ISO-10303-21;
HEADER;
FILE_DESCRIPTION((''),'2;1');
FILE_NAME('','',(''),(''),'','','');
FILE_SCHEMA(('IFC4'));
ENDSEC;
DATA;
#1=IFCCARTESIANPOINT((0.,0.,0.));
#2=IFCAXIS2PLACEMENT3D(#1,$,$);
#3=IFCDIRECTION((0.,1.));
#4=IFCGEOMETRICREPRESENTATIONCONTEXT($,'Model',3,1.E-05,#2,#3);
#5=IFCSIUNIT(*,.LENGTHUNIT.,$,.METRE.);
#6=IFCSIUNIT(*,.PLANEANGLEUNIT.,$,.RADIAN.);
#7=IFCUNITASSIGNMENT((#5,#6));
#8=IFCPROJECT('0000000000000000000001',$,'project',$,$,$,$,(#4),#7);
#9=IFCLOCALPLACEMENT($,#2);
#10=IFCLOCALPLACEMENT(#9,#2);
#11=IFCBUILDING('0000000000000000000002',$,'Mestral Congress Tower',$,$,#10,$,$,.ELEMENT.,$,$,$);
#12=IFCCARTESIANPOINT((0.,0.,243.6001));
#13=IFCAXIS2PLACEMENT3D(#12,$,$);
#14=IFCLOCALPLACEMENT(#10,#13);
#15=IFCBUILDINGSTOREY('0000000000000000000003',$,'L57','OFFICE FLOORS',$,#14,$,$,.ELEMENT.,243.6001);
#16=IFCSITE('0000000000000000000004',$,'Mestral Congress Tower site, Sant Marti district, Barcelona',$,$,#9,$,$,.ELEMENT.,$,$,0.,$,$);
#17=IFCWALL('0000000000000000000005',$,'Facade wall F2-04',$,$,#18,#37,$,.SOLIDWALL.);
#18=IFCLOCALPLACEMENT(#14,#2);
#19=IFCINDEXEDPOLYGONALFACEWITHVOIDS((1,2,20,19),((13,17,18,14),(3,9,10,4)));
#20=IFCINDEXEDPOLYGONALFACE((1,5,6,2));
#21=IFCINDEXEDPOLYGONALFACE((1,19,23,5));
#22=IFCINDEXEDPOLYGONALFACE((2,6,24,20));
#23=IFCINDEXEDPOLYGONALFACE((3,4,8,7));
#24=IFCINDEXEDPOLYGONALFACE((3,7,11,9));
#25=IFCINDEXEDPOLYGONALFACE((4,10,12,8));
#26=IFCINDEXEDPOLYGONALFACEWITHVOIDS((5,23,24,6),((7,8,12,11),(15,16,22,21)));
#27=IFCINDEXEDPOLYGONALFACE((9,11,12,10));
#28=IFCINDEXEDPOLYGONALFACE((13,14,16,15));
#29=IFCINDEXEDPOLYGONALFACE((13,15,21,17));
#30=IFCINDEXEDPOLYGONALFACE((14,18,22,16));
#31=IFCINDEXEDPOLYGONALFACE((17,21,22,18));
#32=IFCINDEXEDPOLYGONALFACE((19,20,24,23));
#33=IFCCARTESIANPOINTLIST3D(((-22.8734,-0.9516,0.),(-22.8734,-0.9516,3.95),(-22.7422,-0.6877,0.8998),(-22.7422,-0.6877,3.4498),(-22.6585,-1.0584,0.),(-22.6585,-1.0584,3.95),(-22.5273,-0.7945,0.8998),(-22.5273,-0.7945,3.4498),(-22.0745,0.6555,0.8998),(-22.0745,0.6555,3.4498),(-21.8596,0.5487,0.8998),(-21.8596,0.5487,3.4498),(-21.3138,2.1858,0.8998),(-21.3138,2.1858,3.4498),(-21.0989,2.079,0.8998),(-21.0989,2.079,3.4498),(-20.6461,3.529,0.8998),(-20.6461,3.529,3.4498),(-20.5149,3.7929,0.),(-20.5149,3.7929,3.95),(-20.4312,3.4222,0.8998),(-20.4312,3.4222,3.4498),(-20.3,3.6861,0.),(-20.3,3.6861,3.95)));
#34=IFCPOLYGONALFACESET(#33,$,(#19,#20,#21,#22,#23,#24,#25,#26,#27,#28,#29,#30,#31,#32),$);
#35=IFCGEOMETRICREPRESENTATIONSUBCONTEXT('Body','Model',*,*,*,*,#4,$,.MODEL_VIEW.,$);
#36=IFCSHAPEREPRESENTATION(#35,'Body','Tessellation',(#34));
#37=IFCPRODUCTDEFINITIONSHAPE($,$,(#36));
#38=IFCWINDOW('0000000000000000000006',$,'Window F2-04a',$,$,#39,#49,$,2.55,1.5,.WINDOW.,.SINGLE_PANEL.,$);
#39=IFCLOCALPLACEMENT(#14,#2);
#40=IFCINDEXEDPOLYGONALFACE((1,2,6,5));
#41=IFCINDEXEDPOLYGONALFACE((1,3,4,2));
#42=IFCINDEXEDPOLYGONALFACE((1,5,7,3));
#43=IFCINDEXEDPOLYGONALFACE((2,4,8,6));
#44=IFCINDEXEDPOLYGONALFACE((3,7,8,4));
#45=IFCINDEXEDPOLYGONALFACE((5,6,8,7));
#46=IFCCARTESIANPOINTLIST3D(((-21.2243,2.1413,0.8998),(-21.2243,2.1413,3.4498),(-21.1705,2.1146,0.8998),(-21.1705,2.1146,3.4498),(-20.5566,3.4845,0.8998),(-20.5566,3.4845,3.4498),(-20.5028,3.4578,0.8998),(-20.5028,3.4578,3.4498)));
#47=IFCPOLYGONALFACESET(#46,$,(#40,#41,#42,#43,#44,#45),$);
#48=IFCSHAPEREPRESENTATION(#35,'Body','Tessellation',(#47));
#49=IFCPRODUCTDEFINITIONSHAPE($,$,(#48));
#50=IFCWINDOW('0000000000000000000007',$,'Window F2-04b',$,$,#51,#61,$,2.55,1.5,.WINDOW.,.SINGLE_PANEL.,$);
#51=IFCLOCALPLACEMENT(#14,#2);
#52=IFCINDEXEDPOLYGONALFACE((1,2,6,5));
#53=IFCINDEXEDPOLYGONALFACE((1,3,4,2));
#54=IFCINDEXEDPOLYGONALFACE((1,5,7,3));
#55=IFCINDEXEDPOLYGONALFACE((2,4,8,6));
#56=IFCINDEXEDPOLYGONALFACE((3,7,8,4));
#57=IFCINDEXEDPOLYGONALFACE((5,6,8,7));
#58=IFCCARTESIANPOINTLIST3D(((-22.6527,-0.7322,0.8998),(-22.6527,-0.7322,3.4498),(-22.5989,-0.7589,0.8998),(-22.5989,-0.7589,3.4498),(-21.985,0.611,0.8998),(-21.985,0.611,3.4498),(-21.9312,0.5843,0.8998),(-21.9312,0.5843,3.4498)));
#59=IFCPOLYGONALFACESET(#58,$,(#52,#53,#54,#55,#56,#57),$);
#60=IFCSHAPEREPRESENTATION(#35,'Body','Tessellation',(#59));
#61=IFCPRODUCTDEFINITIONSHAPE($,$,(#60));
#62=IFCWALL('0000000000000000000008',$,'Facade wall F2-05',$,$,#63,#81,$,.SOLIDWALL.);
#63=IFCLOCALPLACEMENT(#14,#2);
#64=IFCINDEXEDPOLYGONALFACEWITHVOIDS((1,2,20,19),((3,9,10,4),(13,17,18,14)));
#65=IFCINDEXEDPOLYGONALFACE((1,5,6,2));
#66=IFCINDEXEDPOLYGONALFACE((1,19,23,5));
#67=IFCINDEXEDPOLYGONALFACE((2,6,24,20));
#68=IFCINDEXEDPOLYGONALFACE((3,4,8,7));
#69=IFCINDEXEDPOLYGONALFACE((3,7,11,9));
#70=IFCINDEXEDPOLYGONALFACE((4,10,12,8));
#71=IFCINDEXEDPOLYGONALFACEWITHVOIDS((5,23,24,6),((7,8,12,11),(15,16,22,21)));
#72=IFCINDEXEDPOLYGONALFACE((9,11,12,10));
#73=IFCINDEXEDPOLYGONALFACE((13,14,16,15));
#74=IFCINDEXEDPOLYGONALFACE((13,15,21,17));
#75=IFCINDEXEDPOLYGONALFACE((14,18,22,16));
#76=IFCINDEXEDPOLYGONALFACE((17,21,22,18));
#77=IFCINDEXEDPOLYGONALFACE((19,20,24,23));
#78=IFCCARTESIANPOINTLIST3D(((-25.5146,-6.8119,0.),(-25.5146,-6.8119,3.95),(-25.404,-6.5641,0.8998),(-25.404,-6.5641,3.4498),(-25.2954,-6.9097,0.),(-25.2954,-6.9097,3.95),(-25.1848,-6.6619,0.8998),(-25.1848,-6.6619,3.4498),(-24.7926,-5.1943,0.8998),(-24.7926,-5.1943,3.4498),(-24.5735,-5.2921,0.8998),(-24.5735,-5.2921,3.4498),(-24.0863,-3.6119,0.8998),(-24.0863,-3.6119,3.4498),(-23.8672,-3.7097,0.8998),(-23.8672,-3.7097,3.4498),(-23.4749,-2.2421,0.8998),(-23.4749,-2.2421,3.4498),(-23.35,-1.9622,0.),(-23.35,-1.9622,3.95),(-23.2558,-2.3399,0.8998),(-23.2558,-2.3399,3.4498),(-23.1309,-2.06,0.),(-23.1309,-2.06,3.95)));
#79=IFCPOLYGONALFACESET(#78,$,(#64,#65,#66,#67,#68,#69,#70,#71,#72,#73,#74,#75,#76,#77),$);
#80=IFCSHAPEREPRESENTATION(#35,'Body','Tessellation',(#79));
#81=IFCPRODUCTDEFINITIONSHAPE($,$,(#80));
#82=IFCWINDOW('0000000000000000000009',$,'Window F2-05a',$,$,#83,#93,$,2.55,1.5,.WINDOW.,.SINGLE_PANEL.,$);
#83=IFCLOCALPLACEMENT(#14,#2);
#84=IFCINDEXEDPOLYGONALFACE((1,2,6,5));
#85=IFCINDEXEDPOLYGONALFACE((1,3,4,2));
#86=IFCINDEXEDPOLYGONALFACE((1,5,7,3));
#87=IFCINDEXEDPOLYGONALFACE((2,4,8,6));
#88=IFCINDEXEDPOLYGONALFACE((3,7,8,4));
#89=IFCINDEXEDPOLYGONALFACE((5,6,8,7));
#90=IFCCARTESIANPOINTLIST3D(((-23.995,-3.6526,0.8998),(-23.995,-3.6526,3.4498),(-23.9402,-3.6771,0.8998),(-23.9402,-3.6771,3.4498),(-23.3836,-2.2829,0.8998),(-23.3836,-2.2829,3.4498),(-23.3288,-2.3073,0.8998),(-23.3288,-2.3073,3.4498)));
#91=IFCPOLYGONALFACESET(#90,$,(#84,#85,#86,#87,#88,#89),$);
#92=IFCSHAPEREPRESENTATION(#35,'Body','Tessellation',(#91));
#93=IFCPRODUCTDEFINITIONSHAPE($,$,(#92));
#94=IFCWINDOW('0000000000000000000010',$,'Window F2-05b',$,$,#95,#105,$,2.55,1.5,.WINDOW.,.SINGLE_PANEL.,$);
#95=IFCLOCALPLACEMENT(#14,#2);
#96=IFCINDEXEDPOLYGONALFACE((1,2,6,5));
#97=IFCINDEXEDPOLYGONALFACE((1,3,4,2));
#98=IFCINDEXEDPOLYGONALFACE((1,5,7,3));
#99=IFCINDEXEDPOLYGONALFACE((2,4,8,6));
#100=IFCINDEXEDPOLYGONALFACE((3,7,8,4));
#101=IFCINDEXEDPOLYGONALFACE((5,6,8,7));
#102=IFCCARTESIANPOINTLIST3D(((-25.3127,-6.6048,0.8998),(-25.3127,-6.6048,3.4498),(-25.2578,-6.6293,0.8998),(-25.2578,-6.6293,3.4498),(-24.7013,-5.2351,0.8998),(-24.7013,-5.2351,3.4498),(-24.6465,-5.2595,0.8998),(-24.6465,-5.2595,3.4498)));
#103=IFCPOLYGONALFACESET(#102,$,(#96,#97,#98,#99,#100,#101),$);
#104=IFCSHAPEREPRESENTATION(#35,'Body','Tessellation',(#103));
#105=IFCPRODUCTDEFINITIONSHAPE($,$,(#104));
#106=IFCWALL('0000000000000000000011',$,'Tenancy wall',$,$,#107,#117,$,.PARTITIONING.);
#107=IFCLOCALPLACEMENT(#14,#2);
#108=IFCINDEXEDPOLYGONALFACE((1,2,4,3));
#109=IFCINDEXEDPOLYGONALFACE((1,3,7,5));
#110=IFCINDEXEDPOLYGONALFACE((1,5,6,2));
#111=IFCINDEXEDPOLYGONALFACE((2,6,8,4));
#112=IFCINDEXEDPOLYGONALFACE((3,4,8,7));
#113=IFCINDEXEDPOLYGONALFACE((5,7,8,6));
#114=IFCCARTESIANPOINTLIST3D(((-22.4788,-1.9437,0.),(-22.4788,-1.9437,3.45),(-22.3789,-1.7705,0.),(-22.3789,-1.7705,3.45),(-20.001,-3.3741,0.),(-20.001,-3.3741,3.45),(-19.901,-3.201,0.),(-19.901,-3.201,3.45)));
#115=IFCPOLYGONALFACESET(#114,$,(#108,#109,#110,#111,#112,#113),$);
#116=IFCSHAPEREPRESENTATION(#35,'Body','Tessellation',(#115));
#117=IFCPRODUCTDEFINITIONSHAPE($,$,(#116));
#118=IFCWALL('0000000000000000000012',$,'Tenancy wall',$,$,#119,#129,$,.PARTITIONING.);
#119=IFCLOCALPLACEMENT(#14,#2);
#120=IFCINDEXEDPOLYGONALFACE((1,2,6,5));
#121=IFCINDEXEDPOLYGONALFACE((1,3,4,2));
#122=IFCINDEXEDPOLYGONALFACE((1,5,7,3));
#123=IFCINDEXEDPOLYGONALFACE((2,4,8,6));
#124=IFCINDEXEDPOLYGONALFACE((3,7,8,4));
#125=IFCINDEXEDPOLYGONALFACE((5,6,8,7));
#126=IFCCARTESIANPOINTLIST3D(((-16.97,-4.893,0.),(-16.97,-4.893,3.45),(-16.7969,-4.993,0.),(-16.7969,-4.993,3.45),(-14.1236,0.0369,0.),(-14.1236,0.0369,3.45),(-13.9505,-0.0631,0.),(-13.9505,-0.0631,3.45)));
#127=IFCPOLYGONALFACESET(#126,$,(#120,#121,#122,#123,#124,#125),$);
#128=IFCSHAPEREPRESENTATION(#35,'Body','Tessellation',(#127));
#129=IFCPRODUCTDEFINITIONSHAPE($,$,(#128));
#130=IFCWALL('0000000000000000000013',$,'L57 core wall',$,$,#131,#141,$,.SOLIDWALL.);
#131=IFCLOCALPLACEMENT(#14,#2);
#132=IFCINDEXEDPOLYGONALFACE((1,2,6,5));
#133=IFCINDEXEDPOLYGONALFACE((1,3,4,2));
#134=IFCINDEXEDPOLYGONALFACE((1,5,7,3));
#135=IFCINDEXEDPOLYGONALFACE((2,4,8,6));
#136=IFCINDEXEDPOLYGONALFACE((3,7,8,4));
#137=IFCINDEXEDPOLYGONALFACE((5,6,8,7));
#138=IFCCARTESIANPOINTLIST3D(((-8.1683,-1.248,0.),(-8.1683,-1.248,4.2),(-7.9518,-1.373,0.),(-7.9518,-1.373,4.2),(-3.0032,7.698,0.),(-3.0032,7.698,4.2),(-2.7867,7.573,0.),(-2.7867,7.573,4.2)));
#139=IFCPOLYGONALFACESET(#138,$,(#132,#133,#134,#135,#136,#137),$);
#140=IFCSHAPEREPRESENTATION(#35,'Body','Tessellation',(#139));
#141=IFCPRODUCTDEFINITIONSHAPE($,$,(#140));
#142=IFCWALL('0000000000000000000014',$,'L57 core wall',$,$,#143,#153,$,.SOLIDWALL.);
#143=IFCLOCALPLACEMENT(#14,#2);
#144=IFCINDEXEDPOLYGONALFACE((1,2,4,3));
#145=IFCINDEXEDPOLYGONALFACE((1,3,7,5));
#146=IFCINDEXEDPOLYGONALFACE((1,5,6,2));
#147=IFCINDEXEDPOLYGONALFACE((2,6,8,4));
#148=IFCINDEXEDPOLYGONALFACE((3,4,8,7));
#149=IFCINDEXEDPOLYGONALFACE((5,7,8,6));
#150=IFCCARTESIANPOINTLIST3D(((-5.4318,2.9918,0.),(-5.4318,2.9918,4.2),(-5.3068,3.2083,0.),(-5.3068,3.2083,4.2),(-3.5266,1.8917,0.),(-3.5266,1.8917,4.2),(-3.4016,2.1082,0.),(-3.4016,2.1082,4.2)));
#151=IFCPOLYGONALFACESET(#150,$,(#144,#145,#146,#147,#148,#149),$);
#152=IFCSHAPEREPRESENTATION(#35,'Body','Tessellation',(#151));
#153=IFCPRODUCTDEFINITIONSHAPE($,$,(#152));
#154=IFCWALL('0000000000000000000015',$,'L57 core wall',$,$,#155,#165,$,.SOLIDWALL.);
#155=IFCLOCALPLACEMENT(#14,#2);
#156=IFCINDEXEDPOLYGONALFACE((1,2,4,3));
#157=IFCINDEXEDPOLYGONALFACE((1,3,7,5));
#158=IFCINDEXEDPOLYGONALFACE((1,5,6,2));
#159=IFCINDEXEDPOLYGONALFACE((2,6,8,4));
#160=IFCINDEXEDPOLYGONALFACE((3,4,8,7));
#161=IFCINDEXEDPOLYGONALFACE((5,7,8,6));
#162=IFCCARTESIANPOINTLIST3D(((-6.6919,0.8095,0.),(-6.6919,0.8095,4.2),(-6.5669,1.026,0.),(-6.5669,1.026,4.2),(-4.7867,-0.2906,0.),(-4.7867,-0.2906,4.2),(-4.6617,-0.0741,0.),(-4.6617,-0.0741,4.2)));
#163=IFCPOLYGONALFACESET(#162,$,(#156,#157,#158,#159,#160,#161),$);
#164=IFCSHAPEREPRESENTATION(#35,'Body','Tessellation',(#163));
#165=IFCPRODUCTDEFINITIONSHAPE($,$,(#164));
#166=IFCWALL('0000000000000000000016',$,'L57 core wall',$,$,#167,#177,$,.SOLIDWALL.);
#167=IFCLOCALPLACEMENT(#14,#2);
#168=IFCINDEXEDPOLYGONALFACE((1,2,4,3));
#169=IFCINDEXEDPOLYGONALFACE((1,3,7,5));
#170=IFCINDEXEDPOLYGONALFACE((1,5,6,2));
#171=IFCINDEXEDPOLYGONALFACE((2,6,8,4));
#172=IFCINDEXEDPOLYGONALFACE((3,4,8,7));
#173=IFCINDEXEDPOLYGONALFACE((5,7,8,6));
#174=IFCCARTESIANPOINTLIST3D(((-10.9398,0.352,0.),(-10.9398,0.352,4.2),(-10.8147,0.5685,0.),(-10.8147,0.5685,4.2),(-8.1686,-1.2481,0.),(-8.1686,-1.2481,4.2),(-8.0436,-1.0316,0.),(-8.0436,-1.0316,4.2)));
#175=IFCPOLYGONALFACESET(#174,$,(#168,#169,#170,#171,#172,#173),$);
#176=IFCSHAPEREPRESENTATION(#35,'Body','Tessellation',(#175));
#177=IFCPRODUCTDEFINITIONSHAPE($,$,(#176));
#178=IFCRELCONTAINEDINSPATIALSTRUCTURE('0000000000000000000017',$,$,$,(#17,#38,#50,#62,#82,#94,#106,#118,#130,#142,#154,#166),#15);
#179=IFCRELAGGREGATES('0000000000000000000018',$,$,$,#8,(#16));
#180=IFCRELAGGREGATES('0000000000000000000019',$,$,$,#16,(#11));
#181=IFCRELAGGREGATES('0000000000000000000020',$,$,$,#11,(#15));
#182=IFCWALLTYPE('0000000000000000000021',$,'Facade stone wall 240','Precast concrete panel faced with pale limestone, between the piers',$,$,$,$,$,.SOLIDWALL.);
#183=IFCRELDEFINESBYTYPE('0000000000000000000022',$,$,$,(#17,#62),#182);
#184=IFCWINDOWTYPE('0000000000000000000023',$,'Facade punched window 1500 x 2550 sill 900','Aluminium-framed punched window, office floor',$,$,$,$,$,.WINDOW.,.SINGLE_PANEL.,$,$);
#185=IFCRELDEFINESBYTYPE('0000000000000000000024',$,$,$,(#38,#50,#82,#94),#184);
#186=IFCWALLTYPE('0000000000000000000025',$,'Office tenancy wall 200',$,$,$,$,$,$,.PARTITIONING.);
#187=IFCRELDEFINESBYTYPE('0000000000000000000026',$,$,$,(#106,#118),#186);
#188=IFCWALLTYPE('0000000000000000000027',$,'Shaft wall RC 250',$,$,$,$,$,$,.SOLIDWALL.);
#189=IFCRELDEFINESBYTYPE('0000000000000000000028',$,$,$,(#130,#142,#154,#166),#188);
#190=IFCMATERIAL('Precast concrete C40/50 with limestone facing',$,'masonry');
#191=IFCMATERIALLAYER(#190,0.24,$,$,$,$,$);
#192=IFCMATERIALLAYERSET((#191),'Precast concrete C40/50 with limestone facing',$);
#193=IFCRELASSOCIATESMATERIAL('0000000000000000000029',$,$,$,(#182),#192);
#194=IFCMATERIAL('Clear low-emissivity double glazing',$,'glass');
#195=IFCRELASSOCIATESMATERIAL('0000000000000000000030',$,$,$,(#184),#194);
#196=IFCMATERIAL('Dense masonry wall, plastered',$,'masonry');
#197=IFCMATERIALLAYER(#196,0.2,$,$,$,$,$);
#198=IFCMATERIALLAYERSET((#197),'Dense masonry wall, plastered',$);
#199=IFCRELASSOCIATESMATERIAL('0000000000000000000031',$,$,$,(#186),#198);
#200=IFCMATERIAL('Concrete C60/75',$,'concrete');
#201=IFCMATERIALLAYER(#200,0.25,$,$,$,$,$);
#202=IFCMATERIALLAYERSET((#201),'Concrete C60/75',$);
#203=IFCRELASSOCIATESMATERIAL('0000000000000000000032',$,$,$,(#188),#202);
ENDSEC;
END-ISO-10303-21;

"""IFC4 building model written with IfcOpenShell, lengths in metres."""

from ifc_helpers import new_model, si_unit, direction, frame, frame_2d, origin, place, context, subcontext, project, spatial, rectangle, extrude, material, layer, layer_set, type_object, element, fill, save


model = new_model("IFC4")

# Units and contexts
model_context = context("Model", 3, precision=1e-05, world=origin(), true_north=direction((0.0, 1.0)))
body_context = subcontext(model_context, "Body", "Model", "MODEL_VIEW")
ifc_project = project(units=[si_unit("LENGTHUNIT", "METRE"), si_unit("PLANEANGLEUNIT", "RADIAN")], contexts=[model_context])

# Site, building, storey
site_placement = place(None, origin())
site = spatial("IfcSite", under=ifc_project, at=site_placement, Name="Mestral Congress Tower site, Sant Marti district, Barcelona", CompositionType="ELEMENT", RefElevation=0.0)
building_placement = place(site_placement, origin())
building = spatial("IfcBuilding", under=site, at=building_placement, Name="Mestral Congress Tower", CompositionType="ELEMENT")
storey_placement = place(building_placement, frame((0.0, 0.0, 243.6001)))
storey = spatial("IfcBuildingStorey", under=building, at=storey_placement, Name="L57", Description="OFFICE FLOORS", CompositionType="ELEMENT", Elevation=243.6001)

# Shared definitions
ifc_material_1 = material(Name="Concrete C60/75", Category="concrete")

# Walls, openings, windows
ifc_material_2 = material(Name="Precast concrete C40/50 with limestone facing", Category="masonry")
ifc_layer_1 = layer(ifc_material_2, 0.24)
ifc_layer_set_1 = layer_set([ifc_layer_1], Name="Precast concrete C40/50 with limestone facing")
wall_type_1 = type_object("IfcWallType", Name="Facade stone wall 240", Description="Precast concrete panel faced with pale limestone, between the piers", PredefinedType="SOLIDWALL", material=ifc_layer_set_1)
wall_1_placement = place(storey_placement, frame((-20.4075, 3.7395, 0.0), z_axis=(0.0, 0.0, 1.0), x_axis=(-0.44513, -0.895466, 0.0)))
wall_1 = element("IfcWall", 1, at=wall_1_placement, inside=storey, type_object=wall_type_1, Name="Facade wall F2-04", PredefinedType="SOLIDWALL", context=body_context, shape_type="SweptSolid", body=[
    extrude(rectangle(XDim=5.2983, YDim=0.24, at=frame_2d((2.6492, 0.0))), origin(), (0.0, 0.0, 1.0), 3.95),
])
opening_1_placement = place(wall_1_placement, frame((0.2947, 0.0, 0.8999)))
opening_1 = element("IfcOpeningElement", 2, at=opening_1_placement, cuts=wall_1, PredefinedType="OPENING", context=body_context, shape_type="SweptSolid", body=[
    extrude(rectangle(XDim=1.5, YDim=2.55, at=frame_2d((0.75, 1.2749))), frame((0.0, 0.1299, 0.0), z_axis=(0.0, -1.0, 0.0), x_axis=(1.0, 0.0, 0.0)), (0.0, 0.0, 1.0), 0.26),
])
opening_2_placement = place(wall_1_placement, frame((3.5037, 0.0, 0.8999)))
opening_2 = element("IfcOpeningElement", 3, at=opening_2_placement, cuts=wall_1, PredefinedType="OPENING", context=body_context, shape_type="SweptSolid", body=[
    extrude(rectangle(XDim=1.5, YDim=2.55, at=frame_2d((0.75, 1.2749))), frame((0.0, 0.1299, 0.0), z_axis=(0.0, -1.0, 0.0), x_axis=(1.0, 0.0, 0.0)), (0.0, 0.0, 1.0), 0.26),
])
ifc_material_3 = material(Name="Clear low-emissivity double glazing", Category="glass")
window_type = type_object("IfcWindowType", Name="Facade punched window 1500 x 2550 sill 900", Description="Aluminium-framed punched window, office floor", PartitioningType="SINGLE_PANEL", PredefinedType="WINDOW", material=ifc_material_3)
window_1_placement = place(opening_1_placement, origin())
window_1 = element("IfcWindow", 4, at=window_1_placement, inside=storey, type_object=window_type, Name="Window F2-04a", OverallHeight=2.55, OverallWidth=1.5, PartitioningType="SINGLE_PANEL", PredefinedType="WINDOW", context=body_context, shape_type="SweptSolid", body=[
    extrude(rectangle(XDim=1.5, YDim=2.55, at=frame_2d((0.75, 1.2749))), frame((0.0, 0.04, 0.0), z_axis=(0.0, -1.0, 0.0), x_axis=(1.0, 0.0, 0.0)), (0.0, 0.0, 1.0), 0.0601),
])
fill(opening_1, window_1)
window_2_placement = place(opening_2_placement, origin())
window_2 = element("IfcWindow", 5, at=window_2_placement, inside=storey, type_object=window_type, Name="Window F2-04b", OverallHeight=2.55, OverallWidth=1.5, PartitioningType="SINGLE_PANEL", PredefinedType="WINDOW", context=body_context, shape_type="SweptSolid", body=[
    extrude(rectangle(XDim=1.5, YDim=2.55, at=frame_2d((0.75, 1.2749))), frame((0.0, 0.04, 0.0), z_axis=(0.0, -1.0, 0.0), x_axis=(1.0, 0.0, 0.0)), (0.0, 0.0, 1.0), 0.0601),
])
fill(opening_2, window_2)
wall_2_placement = place(storey_placement, frame((-23.2405, -2.0112, 0.0), z_axis=(0.0, 0.0, 1.0), x_axis=(-0.40758, -0.91317, 0.0)))
wall_2 = element("IfcWall", 6, at=wall_2_placement, inside=storey, type_object=wall_type_1, Name="Facade wall F2-05", PredefinedType="SOLIDWALL", context=body_context, shape_type="SweptSolid", body=[
    extrude(rectangle(XDim=5.3108, YDim=0.24, at=frame_2d((2.6553, 0.0))), origin(), (0.0, 0.0, 1.0), 3.95),
])
opening_3_placement = place(wall_2_placement, frame((0.3064, 0.0, 0.8999)))
opening_3 = element("IfcOpeningElement", 7, at=opening_3_placement, cuts=wall_2, PredefinedType="OPENING", context=body_context, shape_type="SweptSolid", body=[
    extrude(rectangle(XDim=1.5, YDim=2.55, at=frame_2d((0.75, 1.2749))), frame((0.0, 0.1299, 0.0), z_axis=(0.0, -1.0, 0.0), x_axis=(1.0, 0.0, 0.0)), (0.0, 0.0, 1.0), 0.26),
])
opening_4_placement = place(wall_2_placement, frame((3.5393, 0.0, 0.8999)))
opening_4 = element("IfcOpeningElement", 8, at=opening_4_placement, cuts=wall_2, PredefinedType="OPENING", context=body_context, shape_type="SweptSolid", body=[
    extrude(rectangle(XDim=1.5, YDim=2.55, at=frame_2d((0.75, 1.2749))), frame((0.0, 0.1299, 0.0), z_axis=(0.0, -1.0, 0.0), x_axis=(1.0, 0.0, 0.0)), (0.0, 0.0, 1.0), 0.26),
])
window_3_placement = place(opening_3_placement, origin())
window_3 = element("IfcWindow", 9, at=window_3_placement, inside=storey, type_object=window_type, Name="Window F2-05a", OverallHeight=2.55, OverallWidth=1.5, PartitioningType="SINGLE_PANEL", PredefinedType="WINDOW", context=body_context, shape_type="SweptSolid", body=[
    extrude(rectangle(XDim=1.5, YDim=2.55, at=frame_2d((0.75, 1.2749))), frame((0.0, 0.04, 0.0), z_axis=(0.0, -1.0, 0.0), x_axis=(1.0, 0.0, 0.0)), (0.0, 0.0, 1.0), 0.0601),
])
fill(opening_3, window_3)
window_4_placement = place(opening_4_placement, origin())
window_4 = element("IfcWindow", 10, at=window_4_placement, inside=storey, type_object=window_type, Name="Window F2-05b", OverallHeight=2.55, OverallWidth=1.5, PartitioningType="SINGLE_PANEL", PredefinedType="WINDOW", context=body_context, shape_type="SweptSolid", body=[
    extrude(rectangle(XDim=1.5, YDim=2.55, at=frame_2d((0.75, 1.2749))), frame((0.0, 0.04, 0.0), z_axis=(0.0, -1.0, 0.0), x_axis=(1.0, 0.0, 0.0)), (0.0, 0.0, 1.0), 0.0601),
])
fill(opening_4, window_4)

# Walls
ifc_material_4 = material(Name="Dense masonry wall, plastered", Category="masonry")
ifc_layer_2 = layer(ifc_material_4, 0.2)
ifc_layer_set_2 = layer_set([ifc_layer_2], Name="Dense masonry wall, plastered")
wall_type_2 = type_object("IfcWallType", Name="Office tenancy wall 200", PredefinedType="PARTITIONING", material=ifc_layer_set_2)
wall_3_placement = place(storey_placement, frame((-19.9509, -3.2876, 0.0), z_axis=(0.0, 0.0, 1.0), x_axis=(-0.866045, 0.499966, 0.0)))
element("IfcWall", 11, at=wall_3_placement, inside=storey, type_object=wall_type_2, Name="Tenancy wall", PredefinedType="PARTITIONING", context=body_context, shape_type="SweptSolid", body=[
    extrude(rectangle(XDim=2.8611, YDim=0.2, at=frame_2d((1.4307, 0.0))), origin(), (0.0, 0.0, 1.0), 3.45),
])
wall_4_placement = place(storey_placement, frame((-14.0371, -0.0132, 0.0), z_axis=(0.0, 0.0, 1.0), x_axis=(-0.500018, -0.866015, 0.0)))
element("IfcWall", 12, at=wall_4_placement, inside=storey, type_object=wall_type_2, Name="Tenancy wall", PredefinedType="PARTITIONING", context=body_context, shape_type="SweptSolid", body=[
    extrude(rectangle(XDim=5.6926, YDim=0.2, at=frame_2d((2.8462, 0.0))), origin(), (0.0, 0.0, 1.0), 3.45),
])
ifc_layer_3 = layer(ifc_material_1, 0.25)
ifc_layer_set_3 = layer_set([ifc_layer_3], Name="Concrete C60/75")
wall_type_3 = type_object("IfcWallType", Name="Shaft wall RC 250", PredefinedType="SOLIDWALL", material=ifc_layer_set_3)
wall_5_placement = place(storey_placement, frame((-8.0601, -1.3105, 0.0), z_axis=(0.0, 0.0, 1.0), x_axis=(0.500003, 0.866024, 0.0)))
element("IfcWall", 13, at=wall_5_placement, inside=storey, type_object=wall_type_3, Name="L57 core wall", PredefinedType="SOLIDWALL", context=body_context, shape_type="SweptSolid", body=[
    extrude(rectangle(XDim=10.3301, YDim=0.25, at=frame_2d((5.165, 0.0))), origin(), (0.0, 0.0, 1.0), 4.2),
])
for number, where, z_axis, x_axis, name in (
    (14, (-5.3694, 3.1001, 0.0), (0.0, 0.0, 1.0), (0.866008, -0.50003, 0.0), "L57 core wall"),
    (15, (-4.7241, -0.1824, 0.0), (0.0, 0.0, 1.0), (-0.866008, 0.50003, 0.0), "L57 core wall"),
):
    element("IfcWall", number, at=place(storey_placement, frame(where, z_axis=z_axis, x_axis=x_axis)), inside=storey, type_object=wall_type_3, Name=name, PredefinedType="SOLIDWALL", context=body_context, shape_type="SweptSolid", body=[
        extrude(rectangle(XDim=2.2, YDim=0.25, at=frame_2d((1.1001, 0.0))), origin(), (0.0, 0.0, 1.0), 4.2),
    ])
wall_6_placement = place(storey_placement, frame((-8.106, -1.1399, 0.0), z_axis=(0.0, 0.0, 1.0), x_axis=(-0.866009, 0.500028, 0.0)))
element("IfcWall", 16, at=wall_6_placement, inside=storey, type_object=wall_type_3, Name="L57 core wall", PredefinedType="SOLIDWALL", context=body_context, shape_type="SweptSolid", body=[
    extrude(rectangle(XDim=3.2, YDim=0.25, at=frame_2d((1.6001, 0.0))), origin(), (0.0, 0.0, 1.0), 4.2),
])

save(model, "model.ifc")
